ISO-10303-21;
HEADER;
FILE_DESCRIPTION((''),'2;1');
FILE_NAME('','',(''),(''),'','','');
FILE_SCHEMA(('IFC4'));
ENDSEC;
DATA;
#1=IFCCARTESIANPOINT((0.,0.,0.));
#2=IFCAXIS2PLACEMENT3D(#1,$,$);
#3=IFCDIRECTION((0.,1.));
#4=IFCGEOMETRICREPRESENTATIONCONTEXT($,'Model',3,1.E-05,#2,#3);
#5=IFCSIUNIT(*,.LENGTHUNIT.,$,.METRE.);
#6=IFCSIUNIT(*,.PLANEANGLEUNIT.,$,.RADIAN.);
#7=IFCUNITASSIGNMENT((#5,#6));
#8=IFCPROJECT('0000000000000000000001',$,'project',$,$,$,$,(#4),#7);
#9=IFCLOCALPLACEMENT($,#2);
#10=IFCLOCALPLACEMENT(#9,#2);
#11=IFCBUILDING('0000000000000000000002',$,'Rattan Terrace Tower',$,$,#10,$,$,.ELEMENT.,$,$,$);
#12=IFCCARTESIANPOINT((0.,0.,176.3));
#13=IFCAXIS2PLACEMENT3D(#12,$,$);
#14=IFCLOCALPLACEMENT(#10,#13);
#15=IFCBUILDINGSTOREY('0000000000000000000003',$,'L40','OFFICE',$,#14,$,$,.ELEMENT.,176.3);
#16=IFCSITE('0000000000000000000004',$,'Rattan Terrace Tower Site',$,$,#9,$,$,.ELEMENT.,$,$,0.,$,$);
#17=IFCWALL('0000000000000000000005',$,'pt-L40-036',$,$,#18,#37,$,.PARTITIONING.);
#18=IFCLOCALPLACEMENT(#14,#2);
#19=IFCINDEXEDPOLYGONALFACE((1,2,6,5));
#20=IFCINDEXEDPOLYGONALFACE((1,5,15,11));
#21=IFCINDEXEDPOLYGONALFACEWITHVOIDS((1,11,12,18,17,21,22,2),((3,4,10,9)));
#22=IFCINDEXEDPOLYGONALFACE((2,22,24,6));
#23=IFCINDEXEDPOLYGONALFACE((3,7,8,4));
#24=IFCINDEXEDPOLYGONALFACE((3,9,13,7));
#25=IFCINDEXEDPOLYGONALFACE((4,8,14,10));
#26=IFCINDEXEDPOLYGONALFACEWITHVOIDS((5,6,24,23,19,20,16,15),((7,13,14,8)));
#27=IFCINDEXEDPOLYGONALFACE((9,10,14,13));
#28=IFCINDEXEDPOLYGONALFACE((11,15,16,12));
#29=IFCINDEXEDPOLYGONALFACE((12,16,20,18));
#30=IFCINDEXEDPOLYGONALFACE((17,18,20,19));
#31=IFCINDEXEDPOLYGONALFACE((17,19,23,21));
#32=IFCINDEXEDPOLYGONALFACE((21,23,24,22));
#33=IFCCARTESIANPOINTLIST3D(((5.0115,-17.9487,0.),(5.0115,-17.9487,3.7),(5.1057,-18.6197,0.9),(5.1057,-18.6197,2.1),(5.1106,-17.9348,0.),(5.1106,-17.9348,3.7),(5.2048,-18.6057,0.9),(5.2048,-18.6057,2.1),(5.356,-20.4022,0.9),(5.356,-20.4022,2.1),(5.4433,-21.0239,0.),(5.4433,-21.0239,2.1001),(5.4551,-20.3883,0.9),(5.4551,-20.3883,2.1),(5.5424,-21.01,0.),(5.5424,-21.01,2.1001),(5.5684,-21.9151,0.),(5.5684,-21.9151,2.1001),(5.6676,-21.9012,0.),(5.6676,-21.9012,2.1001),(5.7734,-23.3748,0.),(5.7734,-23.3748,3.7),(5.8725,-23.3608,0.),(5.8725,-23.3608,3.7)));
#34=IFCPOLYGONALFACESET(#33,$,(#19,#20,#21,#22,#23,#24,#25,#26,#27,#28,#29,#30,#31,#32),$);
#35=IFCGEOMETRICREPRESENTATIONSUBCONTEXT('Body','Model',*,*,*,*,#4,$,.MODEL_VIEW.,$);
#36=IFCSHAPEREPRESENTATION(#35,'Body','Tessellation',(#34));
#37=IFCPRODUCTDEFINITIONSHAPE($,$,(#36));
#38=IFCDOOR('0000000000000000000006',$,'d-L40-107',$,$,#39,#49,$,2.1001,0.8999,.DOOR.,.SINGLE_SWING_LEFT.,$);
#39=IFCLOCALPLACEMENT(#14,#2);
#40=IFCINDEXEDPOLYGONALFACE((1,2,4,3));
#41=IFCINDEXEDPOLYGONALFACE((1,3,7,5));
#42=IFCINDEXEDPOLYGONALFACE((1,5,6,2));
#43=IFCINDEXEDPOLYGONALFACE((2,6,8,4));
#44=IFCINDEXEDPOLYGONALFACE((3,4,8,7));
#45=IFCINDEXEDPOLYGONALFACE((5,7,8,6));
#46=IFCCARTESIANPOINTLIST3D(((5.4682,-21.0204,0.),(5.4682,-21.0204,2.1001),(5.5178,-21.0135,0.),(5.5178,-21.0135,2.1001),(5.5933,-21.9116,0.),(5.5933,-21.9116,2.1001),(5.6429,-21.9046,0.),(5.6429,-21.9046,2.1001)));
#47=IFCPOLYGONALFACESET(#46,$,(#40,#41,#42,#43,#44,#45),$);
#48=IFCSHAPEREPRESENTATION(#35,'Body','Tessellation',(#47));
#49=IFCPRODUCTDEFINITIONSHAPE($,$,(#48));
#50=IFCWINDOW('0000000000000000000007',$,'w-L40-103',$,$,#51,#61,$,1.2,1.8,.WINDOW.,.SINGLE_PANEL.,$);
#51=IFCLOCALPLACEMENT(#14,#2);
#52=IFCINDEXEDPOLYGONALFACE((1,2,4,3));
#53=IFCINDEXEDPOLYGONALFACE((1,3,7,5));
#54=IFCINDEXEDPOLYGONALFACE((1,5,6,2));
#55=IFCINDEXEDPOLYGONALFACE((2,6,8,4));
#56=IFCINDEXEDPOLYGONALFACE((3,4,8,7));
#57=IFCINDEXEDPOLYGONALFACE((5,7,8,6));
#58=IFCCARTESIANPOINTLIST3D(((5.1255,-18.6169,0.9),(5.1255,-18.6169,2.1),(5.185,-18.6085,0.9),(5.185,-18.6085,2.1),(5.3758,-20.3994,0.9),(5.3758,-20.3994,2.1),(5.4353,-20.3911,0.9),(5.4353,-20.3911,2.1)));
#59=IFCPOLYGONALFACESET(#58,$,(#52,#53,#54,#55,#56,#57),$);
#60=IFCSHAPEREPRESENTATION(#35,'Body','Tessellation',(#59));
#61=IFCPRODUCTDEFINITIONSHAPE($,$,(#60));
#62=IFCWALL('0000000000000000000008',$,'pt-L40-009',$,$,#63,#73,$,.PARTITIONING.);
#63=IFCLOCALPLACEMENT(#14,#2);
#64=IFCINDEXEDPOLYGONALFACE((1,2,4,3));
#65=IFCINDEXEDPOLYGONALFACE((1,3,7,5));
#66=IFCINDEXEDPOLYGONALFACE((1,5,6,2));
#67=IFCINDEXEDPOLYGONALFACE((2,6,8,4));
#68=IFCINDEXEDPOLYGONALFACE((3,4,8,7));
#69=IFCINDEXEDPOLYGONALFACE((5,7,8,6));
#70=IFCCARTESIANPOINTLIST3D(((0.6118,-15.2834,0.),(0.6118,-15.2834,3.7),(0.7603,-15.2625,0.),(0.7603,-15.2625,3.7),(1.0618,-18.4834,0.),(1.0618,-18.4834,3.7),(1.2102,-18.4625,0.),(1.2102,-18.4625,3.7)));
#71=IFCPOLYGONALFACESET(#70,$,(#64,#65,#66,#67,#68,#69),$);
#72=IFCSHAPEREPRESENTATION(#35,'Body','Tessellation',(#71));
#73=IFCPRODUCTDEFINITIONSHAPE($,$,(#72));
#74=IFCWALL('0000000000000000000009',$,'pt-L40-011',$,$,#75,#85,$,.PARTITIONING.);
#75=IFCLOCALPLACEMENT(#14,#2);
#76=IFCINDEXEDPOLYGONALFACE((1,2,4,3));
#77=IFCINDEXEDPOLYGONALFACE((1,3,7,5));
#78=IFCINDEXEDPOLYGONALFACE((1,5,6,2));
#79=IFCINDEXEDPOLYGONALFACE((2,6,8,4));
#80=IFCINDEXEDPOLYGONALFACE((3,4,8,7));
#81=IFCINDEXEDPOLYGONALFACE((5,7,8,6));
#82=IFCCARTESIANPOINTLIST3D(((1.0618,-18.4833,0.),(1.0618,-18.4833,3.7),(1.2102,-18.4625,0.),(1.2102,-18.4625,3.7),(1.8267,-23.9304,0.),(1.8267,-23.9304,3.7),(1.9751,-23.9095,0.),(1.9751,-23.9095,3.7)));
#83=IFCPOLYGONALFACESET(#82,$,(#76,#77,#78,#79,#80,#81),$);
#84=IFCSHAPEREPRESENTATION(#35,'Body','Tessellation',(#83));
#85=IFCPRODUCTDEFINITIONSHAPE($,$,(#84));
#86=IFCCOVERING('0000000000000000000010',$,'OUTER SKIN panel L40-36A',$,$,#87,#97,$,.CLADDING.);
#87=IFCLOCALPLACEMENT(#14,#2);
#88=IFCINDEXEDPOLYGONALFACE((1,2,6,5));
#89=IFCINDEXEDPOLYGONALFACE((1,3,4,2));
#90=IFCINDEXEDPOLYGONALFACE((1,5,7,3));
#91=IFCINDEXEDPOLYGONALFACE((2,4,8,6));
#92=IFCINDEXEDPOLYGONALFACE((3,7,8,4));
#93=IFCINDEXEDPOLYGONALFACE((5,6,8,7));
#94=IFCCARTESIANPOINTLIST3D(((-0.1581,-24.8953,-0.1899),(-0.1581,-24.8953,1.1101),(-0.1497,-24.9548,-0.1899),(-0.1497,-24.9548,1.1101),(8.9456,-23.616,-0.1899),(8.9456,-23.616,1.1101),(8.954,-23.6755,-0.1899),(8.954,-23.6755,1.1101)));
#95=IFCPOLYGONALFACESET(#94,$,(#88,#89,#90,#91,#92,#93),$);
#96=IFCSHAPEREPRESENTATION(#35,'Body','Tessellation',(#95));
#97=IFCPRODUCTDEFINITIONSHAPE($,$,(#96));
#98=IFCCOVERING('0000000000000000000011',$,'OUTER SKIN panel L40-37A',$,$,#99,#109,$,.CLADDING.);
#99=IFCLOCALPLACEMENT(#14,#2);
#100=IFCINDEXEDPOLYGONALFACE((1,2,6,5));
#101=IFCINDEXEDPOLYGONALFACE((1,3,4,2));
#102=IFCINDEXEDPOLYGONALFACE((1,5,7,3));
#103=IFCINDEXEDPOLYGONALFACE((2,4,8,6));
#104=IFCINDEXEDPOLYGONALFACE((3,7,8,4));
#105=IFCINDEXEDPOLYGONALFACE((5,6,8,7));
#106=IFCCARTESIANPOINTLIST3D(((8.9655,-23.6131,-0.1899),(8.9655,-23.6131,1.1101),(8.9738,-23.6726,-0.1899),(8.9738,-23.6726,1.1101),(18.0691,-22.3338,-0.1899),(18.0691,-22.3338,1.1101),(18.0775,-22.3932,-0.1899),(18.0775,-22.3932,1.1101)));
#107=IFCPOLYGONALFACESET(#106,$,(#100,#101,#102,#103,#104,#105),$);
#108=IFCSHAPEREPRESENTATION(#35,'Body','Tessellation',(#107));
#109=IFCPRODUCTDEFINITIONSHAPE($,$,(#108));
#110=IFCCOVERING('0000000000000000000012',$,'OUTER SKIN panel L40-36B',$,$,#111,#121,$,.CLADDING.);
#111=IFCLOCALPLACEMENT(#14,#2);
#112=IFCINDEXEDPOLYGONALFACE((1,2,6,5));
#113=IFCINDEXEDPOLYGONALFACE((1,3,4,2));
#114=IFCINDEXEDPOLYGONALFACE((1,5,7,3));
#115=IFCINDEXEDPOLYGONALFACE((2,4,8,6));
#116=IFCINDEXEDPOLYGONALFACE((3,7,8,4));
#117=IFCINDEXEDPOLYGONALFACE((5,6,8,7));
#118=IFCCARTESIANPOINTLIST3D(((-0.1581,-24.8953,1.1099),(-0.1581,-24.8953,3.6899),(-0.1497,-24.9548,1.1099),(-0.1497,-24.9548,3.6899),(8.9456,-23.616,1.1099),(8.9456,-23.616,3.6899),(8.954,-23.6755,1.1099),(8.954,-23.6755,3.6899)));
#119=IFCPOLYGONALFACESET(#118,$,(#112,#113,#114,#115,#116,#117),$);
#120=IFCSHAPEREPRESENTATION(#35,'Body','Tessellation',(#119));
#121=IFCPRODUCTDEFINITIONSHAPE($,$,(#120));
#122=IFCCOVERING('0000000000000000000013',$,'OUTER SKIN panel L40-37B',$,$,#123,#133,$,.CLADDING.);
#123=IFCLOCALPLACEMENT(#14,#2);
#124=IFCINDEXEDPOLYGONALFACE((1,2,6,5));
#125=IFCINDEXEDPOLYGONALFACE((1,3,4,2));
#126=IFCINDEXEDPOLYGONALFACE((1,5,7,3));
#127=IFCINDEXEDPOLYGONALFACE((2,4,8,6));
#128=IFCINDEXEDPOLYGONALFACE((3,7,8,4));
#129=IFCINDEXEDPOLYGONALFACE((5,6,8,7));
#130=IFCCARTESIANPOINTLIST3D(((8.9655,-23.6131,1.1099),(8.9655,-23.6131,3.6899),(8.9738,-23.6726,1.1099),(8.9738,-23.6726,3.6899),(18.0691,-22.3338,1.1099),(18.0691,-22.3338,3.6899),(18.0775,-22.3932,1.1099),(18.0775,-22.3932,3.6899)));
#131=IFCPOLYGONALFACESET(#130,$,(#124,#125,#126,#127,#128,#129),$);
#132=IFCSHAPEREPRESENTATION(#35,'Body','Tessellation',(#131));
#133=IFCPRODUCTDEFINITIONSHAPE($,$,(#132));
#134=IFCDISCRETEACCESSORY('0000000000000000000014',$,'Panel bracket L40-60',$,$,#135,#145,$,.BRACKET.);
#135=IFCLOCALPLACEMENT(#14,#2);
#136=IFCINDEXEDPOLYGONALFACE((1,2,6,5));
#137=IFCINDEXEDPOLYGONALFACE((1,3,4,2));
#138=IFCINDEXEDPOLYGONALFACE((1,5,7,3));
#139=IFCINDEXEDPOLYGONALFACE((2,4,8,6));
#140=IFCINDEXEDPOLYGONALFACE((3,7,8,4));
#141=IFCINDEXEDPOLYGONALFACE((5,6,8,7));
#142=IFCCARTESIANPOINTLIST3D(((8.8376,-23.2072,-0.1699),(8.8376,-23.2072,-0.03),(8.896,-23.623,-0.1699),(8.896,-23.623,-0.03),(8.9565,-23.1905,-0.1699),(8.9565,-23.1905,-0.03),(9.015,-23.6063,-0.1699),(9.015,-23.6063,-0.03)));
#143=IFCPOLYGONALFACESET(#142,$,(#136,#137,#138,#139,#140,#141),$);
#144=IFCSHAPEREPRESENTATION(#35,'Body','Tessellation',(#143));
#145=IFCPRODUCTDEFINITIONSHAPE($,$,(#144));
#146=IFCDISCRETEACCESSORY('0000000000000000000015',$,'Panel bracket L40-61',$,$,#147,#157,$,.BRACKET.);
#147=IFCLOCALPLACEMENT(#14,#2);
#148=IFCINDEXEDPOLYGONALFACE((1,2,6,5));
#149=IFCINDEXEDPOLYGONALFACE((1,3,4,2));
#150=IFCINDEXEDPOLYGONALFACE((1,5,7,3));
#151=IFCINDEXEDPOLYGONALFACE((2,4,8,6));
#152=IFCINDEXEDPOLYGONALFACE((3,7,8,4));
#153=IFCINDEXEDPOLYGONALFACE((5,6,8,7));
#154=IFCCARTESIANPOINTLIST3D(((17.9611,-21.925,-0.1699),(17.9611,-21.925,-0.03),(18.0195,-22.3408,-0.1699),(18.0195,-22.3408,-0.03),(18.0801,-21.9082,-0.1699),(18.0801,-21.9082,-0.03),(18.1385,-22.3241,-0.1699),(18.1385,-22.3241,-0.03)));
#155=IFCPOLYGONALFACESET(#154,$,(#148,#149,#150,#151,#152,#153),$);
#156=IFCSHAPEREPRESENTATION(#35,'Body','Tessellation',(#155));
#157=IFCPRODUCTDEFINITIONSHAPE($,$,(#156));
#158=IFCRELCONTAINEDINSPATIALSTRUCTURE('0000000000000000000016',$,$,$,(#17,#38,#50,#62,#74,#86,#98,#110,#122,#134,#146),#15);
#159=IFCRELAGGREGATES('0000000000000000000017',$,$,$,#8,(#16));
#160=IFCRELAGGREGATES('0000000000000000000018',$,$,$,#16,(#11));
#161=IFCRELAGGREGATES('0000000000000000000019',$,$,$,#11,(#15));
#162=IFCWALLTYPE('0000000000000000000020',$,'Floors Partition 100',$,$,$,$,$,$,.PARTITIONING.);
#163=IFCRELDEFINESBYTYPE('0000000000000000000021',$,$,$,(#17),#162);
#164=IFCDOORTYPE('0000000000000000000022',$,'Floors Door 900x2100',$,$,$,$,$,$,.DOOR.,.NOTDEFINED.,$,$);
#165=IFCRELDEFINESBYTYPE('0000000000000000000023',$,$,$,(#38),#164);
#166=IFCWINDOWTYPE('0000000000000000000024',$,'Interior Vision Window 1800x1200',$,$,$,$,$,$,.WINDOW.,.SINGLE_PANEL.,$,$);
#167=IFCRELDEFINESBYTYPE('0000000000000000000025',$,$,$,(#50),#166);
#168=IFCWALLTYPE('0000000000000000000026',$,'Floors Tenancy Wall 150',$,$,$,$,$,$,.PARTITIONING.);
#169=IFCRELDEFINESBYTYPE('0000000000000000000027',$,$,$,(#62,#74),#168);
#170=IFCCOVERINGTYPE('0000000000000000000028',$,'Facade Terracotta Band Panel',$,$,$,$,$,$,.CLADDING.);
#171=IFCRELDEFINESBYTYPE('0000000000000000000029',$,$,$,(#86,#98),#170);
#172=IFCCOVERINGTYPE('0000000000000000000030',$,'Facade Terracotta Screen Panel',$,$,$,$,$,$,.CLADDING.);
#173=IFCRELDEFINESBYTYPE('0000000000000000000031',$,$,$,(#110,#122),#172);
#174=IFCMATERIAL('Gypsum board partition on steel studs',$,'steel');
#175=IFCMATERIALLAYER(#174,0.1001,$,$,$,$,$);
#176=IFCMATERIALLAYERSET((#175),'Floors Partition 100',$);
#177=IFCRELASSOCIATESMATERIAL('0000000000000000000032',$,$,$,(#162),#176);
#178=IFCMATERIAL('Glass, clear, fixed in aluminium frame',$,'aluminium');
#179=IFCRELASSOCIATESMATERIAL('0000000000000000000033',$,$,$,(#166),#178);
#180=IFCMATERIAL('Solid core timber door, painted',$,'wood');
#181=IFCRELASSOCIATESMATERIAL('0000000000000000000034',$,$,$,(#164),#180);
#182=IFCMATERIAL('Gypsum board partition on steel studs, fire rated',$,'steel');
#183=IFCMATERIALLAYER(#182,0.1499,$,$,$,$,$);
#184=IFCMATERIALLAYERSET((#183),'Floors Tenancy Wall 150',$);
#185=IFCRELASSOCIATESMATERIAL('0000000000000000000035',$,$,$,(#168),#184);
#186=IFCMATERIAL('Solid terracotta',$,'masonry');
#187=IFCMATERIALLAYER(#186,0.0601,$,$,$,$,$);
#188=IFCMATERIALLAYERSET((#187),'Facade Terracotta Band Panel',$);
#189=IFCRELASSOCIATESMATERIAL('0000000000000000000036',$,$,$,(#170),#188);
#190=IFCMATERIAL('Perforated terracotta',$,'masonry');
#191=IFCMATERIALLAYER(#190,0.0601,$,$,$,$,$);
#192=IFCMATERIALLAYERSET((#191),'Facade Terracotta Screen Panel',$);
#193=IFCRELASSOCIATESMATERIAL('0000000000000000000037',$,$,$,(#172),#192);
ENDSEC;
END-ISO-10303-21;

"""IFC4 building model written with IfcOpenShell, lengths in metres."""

from ifc_helpers import new_model, si_unit, direction, frame, frame_2d, origin, origin_2d, place, context, subcontext, project, spatial, rectangle, extrude, material, layer, layer_set, type_object, element, fill, save


model = new_model("IFC4")

# Units and contexts
model_context = context("Model", 3, precision=1e-05, world=origin(), true_north=direction((0.0, 1.0)))
body_context = subcontext(model_context, "Body", "Model", "MODEL_VIEW")
ifc_project = project(units=[si_unit("LENGTHUNIT", "METRE"), si_unit("PLANEANGLEUNIT", "RADIAN")], contexts=[model_context])

# Site, building, storey
site_placement = place(None, origin())
site = spatial("IfcSite", under=ifc_project, at=site_placement, Name="Rattan Terrace Tower Site", CompositionType="ELEMENT", RefElevation=0.0)
building_placement = place(site_placement, origin())
building = spatial("IfcBuilding", under=site, at=building_placement, Name="Rattan Terrace Tower", CompositionType="ELEMENT")
storey_placement = place(building_placement, frame((0.0, 0.0, 176.3)))
storey = spatial("IfcBuildingStorey", under=building, at=storey_placement, Name="L40", Description="OFFICE", CompositionType="ELEMENT", Elevation=176.3)

# Shared definitions
ifc_material_1 = material(Name="Gypsum board partition on steel studs", Category="steel")
ifc_layer_1 = layer(ifc_material_1, 0.1001)
ifc_layer_set_1 = layer_set([ifc_layer_1], Name="Floors Partition 100")
wall_type_1 = type_object("IfcWallType", Name="Floors Partition 100", PredefinedType="PARTITIONING", material=ifc_layer_set_1)
ifc_material_2 = material(Name="Glass, clear, fixed in aluminium frame", Category="aluminium")
window_type = type_object("IfcWindowType", Name="Interior Vision Window 1800x1200", PartitioningType="SINGLE_PANEL", PredefinedType="WINDOW", material=ifc_material_2)

# Wall, openings, door, window
wall_1_placement = place(storey_placement, frame((5.823, -23.3679, 0.0), z_axis=(0.0, 0.0, 1.0), x_axis=(-0.139063, 0.990284, 0.0)))
wall_1 = element("IfcWall", 1, at=wall_1_placement, inside=storey, type_object=wall_type_1, Name="pt-L40-036", PredefinedType="PARTITIONING", context=body_context, shape_type="SweptSolid", body=[
    extrude(rectangle(XDim=5.4792, YDim=0.1001, at=frame_2d((2.7397, 0.0))), origin(), (0.0, 0.0, 1.0), 3.7),
])
opening_1_placement = place(wall_1_placement, frame((1.4741, 0.0, 0.0)))
opening_1 = element("IfcOpeningElement", 2, at=opening_1_placement, cuts=wall_1, PredefinedType="OPENING", context=body_context, shape_type="SweptSolid", body=[
    extrude(rectangle(XDim=0.8999, YDim=2.1001, at=frame_2d((0.45, 1.05))), frame((0.0, 0.0605, 0.0), z_axis=(0.0, -1.0, 0.0), x_axis=(1.0, 0.0, 0.0)), (0.0, 0.0, 1.0), 0.1211),
])
opening_2_placement = place(wall_1_placement, frame((3.002, 0.0, 0.8999)))
opening_2 = element("IfcOpeningElement", 3, at=opening_2_placement, cuts=wall_1, PredefinedType="OPENING", context=body_context, shape_type="SweptSolid", body=[
    extrude(rectangle(XDim=1.8, YDim=1.2, at=frame_2d((0.8999, 0.6001))), frame((0.0, 0.0605, 0.0), z_axis=(0.0, -1.0, 0.0), x_axis=(1.0, 0.0, 0.0)), (0.0, 0.0, 1.0), 0.1211),
])
ifc_material_3 = material(Name="Solid core timber door, painted", Category="wood")
door_type = type_object("IfcDoorType", Name="Floors Door 900x2100", OperationType="NOTDEFINED", PredefinedType="DOOR", material=ifc_material_3)
door_placement = place(opening_1_placement, origin())
door = element("IfcDoor", 4, at=door_placement, inside=storey, type_object=door_type, Name="d-L40-107", OperationType="SINGLE_SWING_LEFT", OverallHeight=2.1001, OverallWidth=0.8999, PredefinedType="DOOR", context=body_context, shape_type="SweptSolid", body=[
    extrude(rectangle(XDim=0.8999, YDim=2.1001, at=frame_2d((0.45, 1.05))), frame((0.0, 0.0249, 0.0), z_axis=(0.0, -1.0, 0.0), x_axis=(1.0, 0.0, 0.0)), (0.0, 0.0, 1.0), 0.05),
])
fill(opening_1, door)
window_1_placement = place(opening_2_placement, origin())
window_1 = element("IfcWindow", 5, at=window_1_placement, inside=storey, type_object=window_type, Name="w-L40-103", OverallHeight=1.2, OverallWidth=1.8, PartitioningType="SINGLE_PANEL", PredefinedType="WINDOW", context=body_context, shape_type="SweptSolid", body=[
    extrude(rectangle(XDim=1.8, YDim=1.2, at=frame_2d((0.8999, 0.6001))), frame((0.0, 0.03, 0.0), z_axis=(0.0, -1.0, 0.0), x_axis=(1.0, 0.0, 0.0)), (0.0, 0.0, 1.0), 0.0601),
])
fill(opening_2, window_1)

# Walls
ifc_material_4 = material(Name="Gypsum board partition on steel studs, fire rated", Category="steel")
ifc_layer_2 = layer(ifc_material_4, 0.1499)
ifc_layer_set_2 = layer_set([ifc_layer_2], Name="Floors Tenancy Wall 150")
wall_type_2 = type_object("IfcWallType", Name="Floors Tenancy Wall 150", PredefinedType="PARTITIONING", material=ifc_layer_set_2)
wall_2_placement = place(storey_placement, frame((0.686, -15.2729, 0.0), z_axis=(0.0, 0.0, 1.0), x_axis=(0.139242, -0.990258, 0.0)))
element("IfcWall", 6, at=wall_2_placement, inside=storey, type_object=wall_type_2, Name="pt-L40-009", PredefinedType="PARTITIONING", context=body_context, shape_type="SweptSolid", body=[
    extrude(rectangle(XDim=3.2314, YDim=0.1499, at=frame_2d((1.6157, 0.0))), origin(), (0.0, 0.0, 1.0), 3.7),
])
wall_3_placement = place(storey_placement, frame((1.136, -18.4729, 0.0), z_axis=(0.0, 0.0, 1.0), x_axis=(0.13906, -0.990284, 0.0)))
element("IfcWall", 7, at=wall_3_placement, inside=storey, type_object=wall_type_2, Name="pt-L40-011", PredefinedType="PARTITIONING", context=body_context, shape_type="SweptSolid", body=[
    extrude(rectangle(XDim=5.5005, YDim=0.1499, at=frame_2d((2.7502, 0.0))), origin(), (0.0, 0.0, 1.0), 3.7),
])

# Coverings
ifc_material_5 = material(Name="Solid terracotta", Category="masonry")
ifc_layer_3 = layer(ifc_material_5, 0.0601)
ifc_layer_set_3 = layer_set([ifc_layer_3], Name="Facade Terracotta Band Panel")
covering_type_1 = type_object("IfcCoveringType", Name="Facade Terracotta Band Panel", PredefinedType="CLADDING", material=ifc_layer_set_3)
for number, where, z_axis, x_axis, name in (
    (8, (4.3979, -24.2854, -0.1899), (0.0, 0.0, 1.0), (0.99027, 0.139161, 0.0), "OUTER SKIN panel L40-36A"),
    (9, (13.5215, -23.0032, -0.1899), (0.0, 0.0, 1.0), (0.99027, 0.139161, 0.0), "OUTER SKIN panel L40-37A"),
):
    element("IfcCovering", number, at=place(storey_placement, frame(where, z_axis=z_axis, x_axis=x_axis)), inside=storey, type_object=covering_type_1, Name=name, PredefinedType="CLADDING", context=body_context, shape_type="SweptSolid", body=[
        extrude(rectangle(XDim=9.1931, YDim=0.0601, at=origin_2d()), origin(), (0.0, 0.0, 1.0), 1.3),
    ])
ifc_material_6 = material(Name="Perforated terracotta", Category="masonry")
ifc_layer_4 = layer(ifc_material_6, 0.0601)
ifc_layer_set_4 = layer_set([ifc_layer_4], Name="Facade Terracotta Screen Panel")
covering_type_2 = type_object("IfcCoveringType", Name="Facade Terracotta Screen Panel", PredefinedType="CLADDING", material=ifc_layer_set_4)
for number, where, z_axis, x_axis, name in (
    (10, (4.3979, -24.2854, 1.1099), (0.0, 0.0, 1.0), (0.99027, 0.139161, 0.0), "OUTER SKIN panel L40-36B"),
    (11, (13.5215, -23.0032, 1.1099), (0.0, 0.0, 1.0), (0.99027, 0.139161, 0.0), "OUTER SKIN panel L40-37B"),
):
    element("IfcCovering", number, at=place(storey_placement, frame(where, z_axis=z_axis, x_axis=x_axis)), inside=storey, type_object=covering_type_2, Name=name, PredefinedType="CLADDING", context=body_context, shape_type="SweptSolid", body=[
        extrude(rectangle(XDim=9.1931, YDim=0.0601, at=origin_2d()), origin(), (0.0, 0.0, 1.0), 2.5801),
    ])

# Discrete accessories
for number, where, z_axis, x_axis, name in (
    (12, (8.9263, -23.4067, -0.1699), (0.0, 0.0, 1.0), (0.99027, 0.139161, 0.0), "Panel bracket L40-60"),
    (13, (18.0498, -22.1245, -0.1699), (0.0, 0.0, 1.0), (0.99027, 0.139161, 0.0), "Panel bracket L40-61"),
):
    element("IfcDiscreteAccessory", number, at=place(storey_placement, frame(where, z_axis=z_axis, x_axis=x_axis)), inside=storey, Name=name, PredefinedType="BRACKET", context=body_context, shape_type="SweptSolid", body=[
        extrude(rectangle(XDim=0.1201, YDim=0.4199, at=origin_2d()), origin(), (0.0, 0.0, 1.0), 0.1399),
    ])

save(model, "model.ifc")
